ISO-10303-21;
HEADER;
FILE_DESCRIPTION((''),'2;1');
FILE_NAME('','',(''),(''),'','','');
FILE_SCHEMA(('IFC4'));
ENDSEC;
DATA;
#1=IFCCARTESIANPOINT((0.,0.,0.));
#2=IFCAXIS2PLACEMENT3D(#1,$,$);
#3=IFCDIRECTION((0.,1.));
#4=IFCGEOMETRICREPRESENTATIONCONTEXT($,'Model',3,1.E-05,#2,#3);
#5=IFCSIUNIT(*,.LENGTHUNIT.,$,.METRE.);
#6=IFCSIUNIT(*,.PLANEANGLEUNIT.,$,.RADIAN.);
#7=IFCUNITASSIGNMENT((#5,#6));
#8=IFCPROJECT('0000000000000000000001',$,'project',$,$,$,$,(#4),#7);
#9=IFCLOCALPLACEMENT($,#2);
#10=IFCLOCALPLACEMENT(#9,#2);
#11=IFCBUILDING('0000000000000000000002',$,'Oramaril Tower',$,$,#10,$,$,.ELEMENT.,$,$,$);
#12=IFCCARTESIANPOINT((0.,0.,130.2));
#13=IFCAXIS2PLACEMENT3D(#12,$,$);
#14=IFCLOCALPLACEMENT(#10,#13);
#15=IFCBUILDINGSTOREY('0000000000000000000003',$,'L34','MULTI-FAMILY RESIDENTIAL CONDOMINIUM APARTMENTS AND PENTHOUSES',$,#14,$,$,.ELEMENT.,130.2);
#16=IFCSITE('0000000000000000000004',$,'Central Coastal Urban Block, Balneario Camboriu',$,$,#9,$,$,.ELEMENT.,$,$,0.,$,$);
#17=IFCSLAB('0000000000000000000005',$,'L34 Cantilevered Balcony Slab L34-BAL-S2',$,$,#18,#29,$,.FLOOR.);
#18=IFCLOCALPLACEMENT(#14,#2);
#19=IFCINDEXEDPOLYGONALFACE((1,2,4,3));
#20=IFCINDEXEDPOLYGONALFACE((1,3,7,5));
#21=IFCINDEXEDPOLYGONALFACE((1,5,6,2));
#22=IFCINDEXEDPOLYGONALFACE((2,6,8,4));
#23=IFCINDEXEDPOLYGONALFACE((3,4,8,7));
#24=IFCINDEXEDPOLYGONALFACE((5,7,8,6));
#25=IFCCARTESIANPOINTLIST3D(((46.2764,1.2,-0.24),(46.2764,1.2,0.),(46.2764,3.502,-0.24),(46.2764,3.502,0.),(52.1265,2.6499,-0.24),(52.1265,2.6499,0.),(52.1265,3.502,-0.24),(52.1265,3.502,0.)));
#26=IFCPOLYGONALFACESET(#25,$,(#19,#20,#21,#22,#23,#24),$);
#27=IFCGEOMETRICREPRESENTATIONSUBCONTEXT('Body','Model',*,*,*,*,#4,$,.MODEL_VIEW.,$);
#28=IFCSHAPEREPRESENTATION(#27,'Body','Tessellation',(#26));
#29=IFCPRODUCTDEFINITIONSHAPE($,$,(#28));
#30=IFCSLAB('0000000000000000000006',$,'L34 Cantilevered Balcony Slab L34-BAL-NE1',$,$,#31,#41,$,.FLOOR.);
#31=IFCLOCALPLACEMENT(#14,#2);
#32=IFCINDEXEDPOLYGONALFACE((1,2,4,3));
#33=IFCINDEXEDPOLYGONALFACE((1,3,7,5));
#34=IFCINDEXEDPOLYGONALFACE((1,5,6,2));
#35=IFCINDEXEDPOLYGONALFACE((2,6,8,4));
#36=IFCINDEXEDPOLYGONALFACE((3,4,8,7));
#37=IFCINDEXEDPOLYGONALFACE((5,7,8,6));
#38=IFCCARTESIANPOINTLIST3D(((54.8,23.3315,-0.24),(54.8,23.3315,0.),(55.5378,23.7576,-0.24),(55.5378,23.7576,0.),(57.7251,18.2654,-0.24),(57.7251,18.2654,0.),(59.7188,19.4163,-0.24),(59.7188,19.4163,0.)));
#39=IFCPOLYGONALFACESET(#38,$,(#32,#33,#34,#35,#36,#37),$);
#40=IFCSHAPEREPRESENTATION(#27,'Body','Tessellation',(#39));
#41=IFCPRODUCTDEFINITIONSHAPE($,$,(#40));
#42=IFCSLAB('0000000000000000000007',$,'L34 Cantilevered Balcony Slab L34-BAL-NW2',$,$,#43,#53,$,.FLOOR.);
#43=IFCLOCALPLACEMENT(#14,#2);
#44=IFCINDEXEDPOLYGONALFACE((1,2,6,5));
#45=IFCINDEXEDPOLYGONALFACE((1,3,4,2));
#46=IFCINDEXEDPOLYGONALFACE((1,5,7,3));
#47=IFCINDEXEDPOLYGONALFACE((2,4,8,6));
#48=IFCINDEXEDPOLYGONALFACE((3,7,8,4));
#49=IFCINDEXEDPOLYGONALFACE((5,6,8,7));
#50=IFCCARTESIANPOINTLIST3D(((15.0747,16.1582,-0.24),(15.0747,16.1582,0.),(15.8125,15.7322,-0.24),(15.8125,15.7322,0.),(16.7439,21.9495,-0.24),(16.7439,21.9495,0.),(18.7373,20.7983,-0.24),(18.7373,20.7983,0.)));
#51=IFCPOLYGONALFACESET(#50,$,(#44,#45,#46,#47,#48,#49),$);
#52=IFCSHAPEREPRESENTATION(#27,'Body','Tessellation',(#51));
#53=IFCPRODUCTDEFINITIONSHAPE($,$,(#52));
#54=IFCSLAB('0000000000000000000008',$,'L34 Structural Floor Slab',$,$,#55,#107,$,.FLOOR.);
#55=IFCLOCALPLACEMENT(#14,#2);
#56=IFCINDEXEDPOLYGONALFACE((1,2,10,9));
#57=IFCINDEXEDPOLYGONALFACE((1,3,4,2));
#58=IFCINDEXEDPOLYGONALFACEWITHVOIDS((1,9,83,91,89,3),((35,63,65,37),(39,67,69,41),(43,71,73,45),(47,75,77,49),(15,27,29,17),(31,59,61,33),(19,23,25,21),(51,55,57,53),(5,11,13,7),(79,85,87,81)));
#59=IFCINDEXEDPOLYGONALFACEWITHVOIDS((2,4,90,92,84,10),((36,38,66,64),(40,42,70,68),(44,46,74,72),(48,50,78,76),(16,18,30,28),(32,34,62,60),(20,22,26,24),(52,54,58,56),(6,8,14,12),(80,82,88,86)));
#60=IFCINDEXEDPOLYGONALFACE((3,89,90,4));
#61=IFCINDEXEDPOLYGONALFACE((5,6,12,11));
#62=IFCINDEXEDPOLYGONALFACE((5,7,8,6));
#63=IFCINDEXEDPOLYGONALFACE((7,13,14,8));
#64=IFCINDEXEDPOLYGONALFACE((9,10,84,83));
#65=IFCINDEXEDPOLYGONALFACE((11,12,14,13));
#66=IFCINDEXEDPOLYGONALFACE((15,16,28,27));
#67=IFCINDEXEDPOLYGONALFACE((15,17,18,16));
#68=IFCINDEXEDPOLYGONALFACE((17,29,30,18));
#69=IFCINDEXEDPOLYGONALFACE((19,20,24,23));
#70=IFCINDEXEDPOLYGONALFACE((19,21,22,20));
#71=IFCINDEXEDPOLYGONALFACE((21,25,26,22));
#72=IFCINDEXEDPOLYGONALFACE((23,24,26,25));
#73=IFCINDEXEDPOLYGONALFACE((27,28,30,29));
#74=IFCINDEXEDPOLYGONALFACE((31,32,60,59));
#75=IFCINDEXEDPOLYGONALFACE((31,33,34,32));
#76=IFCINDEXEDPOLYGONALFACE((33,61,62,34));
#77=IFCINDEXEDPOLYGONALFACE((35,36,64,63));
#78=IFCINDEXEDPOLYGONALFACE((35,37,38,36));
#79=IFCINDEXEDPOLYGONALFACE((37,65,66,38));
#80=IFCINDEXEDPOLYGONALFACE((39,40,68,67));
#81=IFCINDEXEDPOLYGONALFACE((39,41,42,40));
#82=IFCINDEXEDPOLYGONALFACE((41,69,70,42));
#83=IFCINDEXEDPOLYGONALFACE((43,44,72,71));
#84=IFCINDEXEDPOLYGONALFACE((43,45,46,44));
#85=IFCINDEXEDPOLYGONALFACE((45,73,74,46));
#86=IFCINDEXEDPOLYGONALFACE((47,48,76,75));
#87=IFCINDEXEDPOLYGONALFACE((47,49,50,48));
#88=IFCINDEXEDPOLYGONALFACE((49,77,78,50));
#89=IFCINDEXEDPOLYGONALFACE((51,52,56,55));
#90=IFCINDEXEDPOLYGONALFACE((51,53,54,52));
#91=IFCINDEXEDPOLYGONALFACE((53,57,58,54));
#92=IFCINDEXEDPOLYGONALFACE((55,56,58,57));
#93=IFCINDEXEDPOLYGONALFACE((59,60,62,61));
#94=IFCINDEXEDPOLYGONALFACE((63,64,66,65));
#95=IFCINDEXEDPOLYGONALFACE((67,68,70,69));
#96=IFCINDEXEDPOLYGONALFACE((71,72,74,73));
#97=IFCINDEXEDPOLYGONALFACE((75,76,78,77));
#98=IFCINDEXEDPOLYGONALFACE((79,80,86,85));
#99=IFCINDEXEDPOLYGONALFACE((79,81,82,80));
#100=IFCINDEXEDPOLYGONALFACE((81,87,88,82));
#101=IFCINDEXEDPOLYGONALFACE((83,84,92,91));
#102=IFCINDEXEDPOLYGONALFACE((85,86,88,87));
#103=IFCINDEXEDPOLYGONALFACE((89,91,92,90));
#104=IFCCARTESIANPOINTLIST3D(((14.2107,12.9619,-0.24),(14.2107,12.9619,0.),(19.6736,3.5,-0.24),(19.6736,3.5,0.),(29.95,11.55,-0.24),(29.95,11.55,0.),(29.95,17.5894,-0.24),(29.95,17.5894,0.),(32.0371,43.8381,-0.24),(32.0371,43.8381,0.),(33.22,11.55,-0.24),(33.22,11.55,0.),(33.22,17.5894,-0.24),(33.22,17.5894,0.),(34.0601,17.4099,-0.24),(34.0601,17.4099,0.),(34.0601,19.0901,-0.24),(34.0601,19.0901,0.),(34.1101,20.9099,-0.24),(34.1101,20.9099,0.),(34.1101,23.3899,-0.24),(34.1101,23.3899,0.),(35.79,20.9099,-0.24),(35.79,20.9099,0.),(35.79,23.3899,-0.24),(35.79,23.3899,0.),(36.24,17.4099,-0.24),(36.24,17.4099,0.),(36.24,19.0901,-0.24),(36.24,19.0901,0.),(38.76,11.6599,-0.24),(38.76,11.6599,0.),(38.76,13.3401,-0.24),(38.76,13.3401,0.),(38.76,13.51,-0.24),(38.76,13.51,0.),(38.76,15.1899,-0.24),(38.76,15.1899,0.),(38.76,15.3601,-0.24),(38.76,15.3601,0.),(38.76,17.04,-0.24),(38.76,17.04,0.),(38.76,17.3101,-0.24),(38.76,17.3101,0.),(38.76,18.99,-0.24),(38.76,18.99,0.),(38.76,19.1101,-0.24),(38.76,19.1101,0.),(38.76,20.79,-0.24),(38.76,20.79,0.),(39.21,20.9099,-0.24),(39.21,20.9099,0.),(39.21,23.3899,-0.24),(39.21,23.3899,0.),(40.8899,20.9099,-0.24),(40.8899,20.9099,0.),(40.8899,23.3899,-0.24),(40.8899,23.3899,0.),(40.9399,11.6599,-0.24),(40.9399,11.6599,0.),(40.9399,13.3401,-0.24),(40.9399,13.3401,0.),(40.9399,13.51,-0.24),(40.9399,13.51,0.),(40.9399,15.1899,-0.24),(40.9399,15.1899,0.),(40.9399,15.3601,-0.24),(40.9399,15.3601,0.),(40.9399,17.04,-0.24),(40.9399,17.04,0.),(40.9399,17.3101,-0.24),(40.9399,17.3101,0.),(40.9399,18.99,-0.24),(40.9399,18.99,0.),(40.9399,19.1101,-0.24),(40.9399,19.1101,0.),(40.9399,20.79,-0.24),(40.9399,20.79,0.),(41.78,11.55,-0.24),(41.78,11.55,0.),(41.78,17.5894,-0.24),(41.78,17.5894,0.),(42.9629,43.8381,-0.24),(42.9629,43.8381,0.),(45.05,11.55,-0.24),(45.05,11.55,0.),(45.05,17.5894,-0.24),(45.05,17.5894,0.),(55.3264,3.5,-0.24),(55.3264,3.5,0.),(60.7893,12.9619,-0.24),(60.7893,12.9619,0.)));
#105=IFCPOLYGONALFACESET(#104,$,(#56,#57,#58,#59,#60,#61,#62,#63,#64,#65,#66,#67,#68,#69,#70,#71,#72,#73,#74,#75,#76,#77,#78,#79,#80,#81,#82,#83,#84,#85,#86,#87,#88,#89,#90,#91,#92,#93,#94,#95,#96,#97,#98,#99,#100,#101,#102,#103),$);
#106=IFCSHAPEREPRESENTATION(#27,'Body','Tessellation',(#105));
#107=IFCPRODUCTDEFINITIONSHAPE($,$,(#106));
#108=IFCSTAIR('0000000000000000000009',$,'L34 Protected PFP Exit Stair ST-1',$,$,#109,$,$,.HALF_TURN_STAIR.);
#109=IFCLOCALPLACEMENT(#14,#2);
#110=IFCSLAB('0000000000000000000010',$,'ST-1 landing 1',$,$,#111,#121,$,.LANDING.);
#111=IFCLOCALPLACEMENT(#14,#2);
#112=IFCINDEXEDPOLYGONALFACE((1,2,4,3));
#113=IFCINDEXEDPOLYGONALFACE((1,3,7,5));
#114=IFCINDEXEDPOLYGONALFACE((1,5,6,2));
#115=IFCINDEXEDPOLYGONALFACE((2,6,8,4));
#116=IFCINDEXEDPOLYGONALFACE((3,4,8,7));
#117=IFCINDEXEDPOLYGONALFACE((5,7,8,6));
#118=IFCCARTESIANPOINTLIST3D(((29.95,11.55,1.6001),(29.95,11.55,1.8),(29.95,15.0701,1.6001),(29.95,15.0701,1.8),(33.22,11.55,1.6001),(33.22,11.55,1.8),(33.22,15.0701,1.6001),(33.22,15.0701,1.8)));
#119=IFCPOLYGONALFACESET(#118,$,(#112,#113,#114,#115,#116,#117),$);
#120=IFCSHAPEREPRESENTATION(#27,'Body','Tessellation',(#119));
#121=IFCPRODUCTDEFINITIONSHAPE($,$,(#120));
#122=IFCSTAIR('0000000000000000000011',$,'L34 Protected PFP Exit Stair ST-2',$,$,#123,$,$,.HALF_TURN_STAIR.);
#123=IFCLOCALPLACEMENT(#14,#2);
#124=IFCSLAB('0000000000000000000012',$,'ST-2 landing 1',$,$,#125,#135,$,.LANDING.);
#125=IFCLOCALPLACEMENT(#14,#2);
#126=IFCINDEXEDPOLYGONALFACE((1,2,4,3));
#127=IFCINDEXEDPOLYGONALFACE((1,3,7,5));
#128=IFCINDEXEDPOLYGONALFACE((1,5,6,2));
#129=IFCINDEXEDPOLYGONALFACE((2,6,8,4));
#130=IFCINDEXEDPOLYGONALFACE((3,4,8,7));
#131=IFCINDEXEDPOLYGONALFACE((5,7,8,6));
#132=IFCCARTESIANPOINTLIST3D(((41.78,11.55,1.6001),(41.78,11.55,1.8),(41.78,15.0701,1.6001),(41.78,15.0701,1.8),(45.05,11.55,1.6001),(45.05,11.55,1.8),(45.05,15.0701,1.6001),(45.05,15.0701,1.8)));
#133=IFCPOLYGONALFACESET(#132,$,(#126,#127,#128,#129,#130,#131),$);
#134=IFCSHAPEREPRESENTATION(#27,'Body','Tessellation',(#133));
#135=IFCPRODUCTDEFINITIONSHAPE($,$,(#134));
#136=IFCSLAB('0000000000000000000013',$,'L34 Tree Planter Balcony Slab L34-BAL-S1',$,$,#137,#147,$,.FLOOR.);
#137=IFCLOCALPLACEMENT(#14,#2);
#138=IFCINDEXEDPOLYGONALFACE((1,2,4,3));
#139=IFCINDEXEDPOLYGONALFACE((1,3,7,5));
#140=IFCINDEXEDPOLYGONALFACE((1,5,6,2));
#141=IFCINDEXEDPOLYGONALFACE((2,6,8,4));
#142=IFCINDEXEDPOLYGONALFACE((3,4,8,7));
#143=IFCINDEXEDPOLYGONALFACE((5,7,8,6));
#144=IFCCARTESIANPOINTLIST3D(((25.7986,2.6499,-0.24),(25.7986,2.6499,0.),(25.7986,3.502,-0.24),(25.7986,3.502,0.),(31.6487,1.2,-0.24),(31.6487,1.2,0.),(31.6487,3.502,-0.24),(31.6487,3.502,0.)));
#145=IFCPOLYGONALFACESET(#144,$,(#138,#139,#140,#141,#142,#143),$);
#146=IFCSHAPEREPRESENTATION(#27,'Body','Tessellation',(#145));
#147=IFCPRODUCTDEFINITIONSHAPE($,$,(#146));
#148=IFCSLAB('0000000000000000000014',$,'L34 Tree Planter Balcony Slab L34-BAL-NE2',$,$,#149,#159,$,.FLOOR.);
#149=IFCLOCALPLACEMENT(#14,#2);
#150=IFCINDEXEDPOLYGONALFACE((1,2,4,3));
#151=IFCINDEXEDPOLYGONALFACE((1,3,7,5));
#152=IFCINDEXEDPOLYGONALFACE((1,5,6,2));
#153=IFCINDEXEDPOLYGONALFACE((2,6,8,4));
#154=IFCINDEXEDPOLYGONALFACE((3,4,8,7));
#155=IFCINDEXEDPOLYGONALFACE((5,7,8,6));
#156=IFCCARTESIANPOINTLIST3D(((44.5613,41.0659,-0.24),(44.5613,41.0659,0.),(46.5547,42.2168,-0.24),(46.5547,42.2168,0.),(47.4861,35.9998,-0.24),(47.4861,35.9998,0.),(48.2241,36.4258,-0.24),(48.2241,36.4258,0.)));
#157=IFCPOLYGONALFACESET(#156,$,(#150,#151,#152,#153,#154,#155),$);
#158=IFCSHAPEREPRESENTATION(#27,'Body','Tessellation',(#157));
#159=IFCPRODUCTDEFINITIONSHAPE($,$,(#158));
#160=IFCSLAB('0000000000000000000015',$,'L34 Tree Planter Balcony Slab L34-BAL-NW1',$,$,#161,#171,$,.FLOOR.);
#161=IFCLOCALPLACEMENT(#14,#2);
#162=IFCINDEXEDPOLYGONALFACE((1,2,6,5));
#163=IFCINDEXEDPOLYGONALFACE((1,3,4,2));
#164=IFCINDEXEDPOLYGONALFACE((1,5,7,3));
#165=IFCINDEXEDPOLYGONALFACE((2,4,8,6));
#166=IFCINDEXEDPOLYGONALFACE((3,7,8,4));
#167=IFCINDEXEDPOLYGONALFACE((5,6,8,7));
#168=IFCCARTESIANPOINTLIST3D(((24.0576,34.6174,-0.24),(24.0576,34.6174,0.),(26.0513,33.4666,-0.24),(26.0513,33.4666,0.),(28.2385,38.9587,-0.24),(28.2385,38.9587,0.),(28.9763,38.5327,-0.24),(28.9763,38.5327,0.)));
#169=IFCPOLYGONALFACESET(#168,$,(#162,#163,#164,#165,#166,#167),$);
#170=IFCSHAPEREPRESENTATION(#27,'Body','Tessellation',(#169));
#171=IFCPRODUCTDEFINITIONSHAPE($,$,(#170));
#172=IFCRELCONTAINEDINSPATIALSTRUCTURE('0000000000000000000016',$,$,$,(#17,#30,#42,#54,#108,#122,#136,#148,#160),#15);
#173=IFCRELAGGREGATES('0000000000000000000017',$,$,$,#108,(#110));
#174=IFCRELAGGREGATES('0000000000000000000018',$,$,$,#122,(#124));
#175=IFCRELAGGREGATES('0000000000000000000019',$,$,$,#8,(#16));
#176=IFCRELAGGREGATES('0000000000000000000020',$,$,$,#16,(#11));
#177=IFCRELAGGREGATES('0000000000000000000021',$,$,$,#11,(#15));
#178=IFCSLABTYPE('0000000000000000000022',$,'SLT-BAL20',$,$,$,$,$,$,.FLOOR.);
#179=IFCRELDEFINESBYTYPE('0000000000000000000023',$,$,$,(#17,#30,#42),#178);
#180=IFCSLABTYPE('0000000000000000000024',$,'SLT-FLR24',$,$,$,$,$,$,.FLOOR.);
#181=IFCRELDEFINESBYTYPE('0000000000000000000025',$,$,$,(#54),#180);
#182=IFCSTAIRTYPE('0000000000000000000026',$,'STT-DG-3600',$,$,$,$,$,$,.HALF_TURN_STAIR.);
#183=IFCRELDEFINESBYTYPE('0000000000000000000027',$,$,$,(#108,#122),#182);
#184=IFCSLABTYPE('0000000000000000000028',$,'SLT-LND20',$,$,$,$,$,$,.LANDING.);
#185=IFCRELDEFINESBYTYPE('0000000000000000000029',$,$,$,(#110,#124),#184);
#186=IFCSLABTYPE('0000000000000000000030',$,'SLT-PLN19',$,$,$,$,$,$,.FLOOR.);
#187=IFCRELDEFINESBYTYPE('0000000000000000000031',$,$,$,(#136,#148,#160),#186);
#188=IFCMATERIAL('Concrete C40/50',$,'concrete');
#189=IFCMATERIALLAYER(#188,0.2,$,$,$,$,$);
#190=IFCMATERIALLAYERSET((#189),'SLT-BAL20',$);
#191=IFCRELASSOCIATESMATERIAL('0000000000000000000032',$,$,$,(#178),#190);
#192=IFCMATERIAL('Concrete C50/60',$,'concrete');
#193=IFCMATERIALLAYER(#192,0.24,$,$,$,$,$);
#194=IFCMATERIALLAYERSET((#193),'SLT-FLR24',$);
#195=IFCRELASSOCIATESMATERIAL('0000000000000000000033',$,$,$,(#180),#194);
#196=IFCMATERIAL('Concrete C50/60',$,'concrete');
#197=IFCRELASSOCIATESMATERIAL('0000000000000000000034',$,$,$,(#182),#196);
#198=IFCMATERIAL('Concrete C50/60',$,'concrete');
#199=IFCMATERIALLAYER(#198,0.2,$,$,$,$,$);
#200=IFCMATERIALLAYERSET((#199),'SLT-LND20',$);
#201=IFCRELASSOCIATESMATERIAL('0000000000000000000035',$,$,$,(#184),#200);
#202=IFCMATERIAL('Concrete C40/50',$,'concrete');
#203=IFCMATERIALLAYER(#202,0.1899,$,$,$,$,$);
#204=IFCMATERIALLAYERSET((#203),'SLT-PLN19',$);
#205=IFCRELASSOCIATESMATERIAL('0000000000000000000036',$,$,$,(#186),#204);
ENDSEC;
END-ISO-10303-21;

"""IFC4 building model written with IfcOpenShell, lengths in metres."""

from ifc_helpers import new_model, si_unit, direction, frame, origin, place, context, subcontext, project, spatial, polyline, outline, extrude, material, layer, layer_set, type_object, element, aggregate, save


model = new_model("IFC4")

# Units and contexts
model_context = context("Model", 3, precision=1e-05, world=origin(), true_north=direction((0.0, 1.0)))
body_context = subcontext(model_context, "Body", "Model", "MODEL_VIEW")
ifc_project = project(units=[si_unit("LENGTHUNIT", "METRE"), si_unit("PLANEANGLEUNIT", "RADIAN")], contexts=[model_context])

# Site, building, storey
site_placement = place(None, origin())
site = spatial("IfcSite", under=ifc_project, at=site_placement, Name="Central Coastal Urban Block, Balneario Camboriu", CompositionType="ELEMENT", RefElevation=0.0)
building_placement = place(site_placement, origin())
building = spatial("IfcBuilding", under=site, at=building_placement, Name="Oramaril Tower", CompositionType="ELEMENT")
storey_placement = place(building_placement, frame((0.0, 0.0, 130.2)))
storey = spatial("IfcBuildingStorey", under=building, at=storey_placement, Name="L34", Description="MULTI-FAMILY RESIDENTIAL CONDOMINIUM APARTMENTS AND PENTHOUSES", CompositionType="ELEMENT", Elevation=130.2)

# Slabs
ifc_material_1 = material(Name="Concrete C40/50", Category="concrete")
ifc_layer_1 = layer(ifc_material_1, 0.2)
ifc_layer_set_1 = layer_set([ifc_layer_1], Name="SLT-BAL20")
slab_type_1 = type_object("IfcSlabType", Name="SLT-BAL20", PredefinedType="FLOOR", material=ifc_layer_set_1)
slab_1_placement = place(storey_placement, frame((0.0, 0.0, -0.24)))
element("IfcSlab", 1, at=slab_1_placement, inside=storey, type_object=slab_type_1, Name="L34 Cantilevered Balcony Slab L34-BAL-S2", PredefinedType="FLOOR", context=body_context, shape_type="SweptSolid", body=[
    extrude(outline(polyline([(46.2764, 3.502), (52.1265, 3.502), (52.1265, 2.6499), (46.2764, 1.2), (46.2764, 3.502)])), origin(), (0.0, 0.0, 1.0), 0.24),
])
slab_2_placement = place(storey_placement, frame((0.0, 0.0, -0.24)))
element("IfcSlab", 2, at=slab_2_placement, inside=storey, type_object=slab_type_1, Name="L34 Cantilevered Balcony Slab L34-BAL-NE1", PredefinedType="FLOOR", context=body_context, shape_type="SweptSolid", body=[
    extrude(outline(polyline([(57.7251, 18.2654), (54.8, 23.3315), (55.5378, 23.7576), (59.7188, 19.4163), (57.7251, 18.2654)])), origin(), (0.0, 0.0, 1.0), 0.24),
])
slab_3_placement = place(storey_placement, frame((0.0, 0.0, -0.24)))
element("IfcSlab", 3, at=slab_3_placement, inside=storey, type_object=slab_type_1, Name="L34 Cantilevered Balcony Slab L34-BAL-NW2", PredefinedType="FLOOR", context=body_context, shape_type="SweptSolid", body=[
    extrude(outline(polyline([(18.7373, 20.7983), (15.8125, 15.7322), (15.0747, 16.1582), (16.7439, 21.9495), (18.7373, 20.7983)])), origin(), (0.0, 0.0, 1.0), 0.24),
])
ifc_material_2 = material(Name="Concrete C50/60", Category="concrete")
ifc_layer_2 = layer(ifc_material_2, 0.24)
ifc_layer_set_2 = layer_set([ifc_layer_2], Name="SLT-FLR24")
slab_type_2 = type_object("IfcSlabType", Name="SLT-FLR24", PredefinedType="FLOOR", material=ifc_layer_set_2)
slab_4_placement = place(storey_placement, frame((0.0, 0.0, -0.24)))
element("IfcSlab", 4, at=slab_4_placement, inside=storey, type_object=slab_type_2, Name="L34 Structural Floor Slab", PredefinedType="FLOOR", context=body_context, shape_type="SweptSolid", body=[
    extrude(outline(polyline([(14.2107, 12.9619), (19.6736, 3.5), (55.3264, 3.5), (60.7893, 12.9619), (42.9629, 43.8381), (32.0371, 43.8381), (14.2107, 12.9619)]), holes=[polyline([(29.95, 17.5894), (29.95, 11.55), (33.22, 11.55), (33.22, 17.5894), (29.95, 17.5894)]), polyline([(41.78, 17.5894), (41.78, 11.55), (45.05, 11.55), (45.05, 17.5894), (41.78, 17.5894)]), polyline([(34.1101, 20.9099), (35.79, 20.9099), (35.79, 23.3899), (34.1101, 23.3899), (34.1101, 20.9099)]), polyline([(39.21, 20.9099), (40.8899, 20.9099), (40.8899, 23.3899), (39.21, 23.3899), (39.21, 20.9099)]), polyline([(38.76, 11.6599), (40.9399, 11.6599), (40.9399, 13.3401), (38.76, 13.3401), (38.76, 11.6599)]), polyline([(38.76, 13.51), (40.9399, 13.51), (40.9399, 15.1899), (38.76, 15.1899), (38.76, 13.51)]), polyline([(38.76, 15.3601), (40.9399, 15.3601), (40.9399, 17.04), (38.76, 17.04), (38.76, 15.3601)]), polyline([(34.0601, 17.4099), (36.24, 17.4099), (36.24, 19.0901), (34.0601, 19.0901), (34.0601, 17.4099)]), polyline([(38.76, 17.3101), (40.9399, 17.3101), (40.9399, 18.99), (38.76, 18.99), (38.76, 17.3101)]), polyline([(38.76, 19.1101), (40.9399, 19.1101), (40.9399, 20.79), (38.76, 20.79), (38.76, 19.1101)])]), origin(), (0.0, 0.0, 1.0), 0.24),
])

# Stairs, slabs
ifc_material_3 = material(Name="Concrete C50/60", Category="concrete")
stair_type = type_object("IfcStairType", Name="STT-DG-3600", PredefinedType="HALF_TURN_STAIR", material=ifc_material_3)
stair_1_placement = place(storey_placement, origin())
stair_1 = element("IfcStair", 5, at=stair_1_placement, inside=storey, type_object=stair_type, Name="L34 Protected PFP Exit Stair ST-1", PredefinedType="HALF_TURN_STAIR")
ifc_material_4 = material(Name="Concrete C50/60", Category="concrete")
ifc_layer_3 = layer(ifc_material_4, 0.2)
ifc_layer_set_3 = layer_set([ifc_layer_3], Name="SLT-LND20")
slab_type_3 = type_object("IfcSlabType", Name="SLT-LND20", PredefinedType="LANDING", material=ifc_layer_set_3)
slab_5_placement = place(storey_placement, frame((0.0, 0.0, 1.6001)))
slab_5 = element("IfcSlab", 6, at=slab_5_placement, type_object=slab_type_3, Name="ST-1 landing 1", PredefinedType="LANDING", context=body_context, shape_type="SweptSolid", body=[
    extrude(outline(polyline([(29.95, 15.0701), (29.95, 11.55), (33.22, 11.55), (33.22, 15.0701), (29.95, 15.0701)])), origin(), (0.0, 0.0, 1.0), 0.2),
])
aggregate(stair_1, [slab_5])
stair_2_placement = place(storey_placement, origin())
stair_2 = element("IfcStair", 7, at=stair_2_placement, inside=storey, type_object=stair_type, Name="L34 Protected PFP Exit Stair ST-2", PredefinedType="HALF_TURN_STAIR")
slab_6_placement = place(storey_placement, frame((0.0, 0.0, 1.6001)))
slab_6 = element("IfcSlab", 8, at=slab_6_placement, type_object=slab_type_3, Name="ST-2 landing 1", PredefinedType="LANDING", context=body_context, shape_type="SweptSolid", body=[
    extrude(outline(polyline([(41.78, 15.0701), (41.78, 11.55), (45.05, 11.55), (45.05, 15.0701), (41.78, 15.0701)])), origin(), (0.0, 0.0, 1.0), 0.2),
])
aggregate(stair_2, [slab_6])

# Slabs
ifc_material_5 = material(Name="Concrete C40/50", Category="concrete")
ifc_layer_4 = layer(ifc_material_5, 0.1899)
ifc_layer_set_4 = layer_set([ifc_layer_4], Name="SLT-PLN19")
slab_type_4 = type_object("IfcSlabType", Name="SLT-PLN19", PredefinedType="FLOOR", material=ifc_layer_set_4)
slab_7_placement = place(storey_placement, frame((0.0, 0.0, -0.24)))
element("IfcSlab", 9, at=slab_7_placement, inside=storey, type_object=slab_type_4, Name="L34 Tree Planter Balcony Slab L34-BAL-S1", PredefinedType="FLOOR", context=body_context, shape_type="SweptSolid", body=[
    extrude(outline(polyline([(25.7986, 3.502), (31.6487, 3.502), (31.6487, 1.2), (25.7986, 2.6499), (25.7986, 3.502)])), origin(), (0.0, 0.0, 1.0), 0.24),
])
slab_8_placement = place(storey_placement, frame((0.0, 0.0, -0.24)))
element("IfcSlab", 10, at=slab_8_placement, inside=storey, type_object=slab_type_4, Name="L34 Tree Planter Balcony Slab L34-BAL-NE2", PredefinedType="FLOOR", context=body_context, shape_type="SweptSolid", body=[
    extrude(outline(polyline([(47.4861, 35.9998), (44.5613, 41.0659), (46.5547, 42.2168), (48.2241, 36.4258), (47.4861, 35.9998)])), origin(), (0.0, 0.0, 1.0), 0.24),
])
slab_9_placement = place(storey_placement, frame((0.0, 0.0, -0.24)))
element("IfcSlab", 11, at=slab_9_placement, inside=storey, type_object=slab_type_4, Name="L34 Tree Planter Balcony Slab L34-BAL-NW1", PredefinedType="FLOOR", context=body_context, shape_type="SweptSolid", body=[
    extrude(outline(polyline([(28.9763, 38.5327), (26.0513, 33.4666), (24.0576, 34.6174), (28.2385, 38.9587), (28.9763, 38.5327)])), origin(), (0.0, 0.0, 1.0), 0.24),
])

save(model, "model.ifc")
